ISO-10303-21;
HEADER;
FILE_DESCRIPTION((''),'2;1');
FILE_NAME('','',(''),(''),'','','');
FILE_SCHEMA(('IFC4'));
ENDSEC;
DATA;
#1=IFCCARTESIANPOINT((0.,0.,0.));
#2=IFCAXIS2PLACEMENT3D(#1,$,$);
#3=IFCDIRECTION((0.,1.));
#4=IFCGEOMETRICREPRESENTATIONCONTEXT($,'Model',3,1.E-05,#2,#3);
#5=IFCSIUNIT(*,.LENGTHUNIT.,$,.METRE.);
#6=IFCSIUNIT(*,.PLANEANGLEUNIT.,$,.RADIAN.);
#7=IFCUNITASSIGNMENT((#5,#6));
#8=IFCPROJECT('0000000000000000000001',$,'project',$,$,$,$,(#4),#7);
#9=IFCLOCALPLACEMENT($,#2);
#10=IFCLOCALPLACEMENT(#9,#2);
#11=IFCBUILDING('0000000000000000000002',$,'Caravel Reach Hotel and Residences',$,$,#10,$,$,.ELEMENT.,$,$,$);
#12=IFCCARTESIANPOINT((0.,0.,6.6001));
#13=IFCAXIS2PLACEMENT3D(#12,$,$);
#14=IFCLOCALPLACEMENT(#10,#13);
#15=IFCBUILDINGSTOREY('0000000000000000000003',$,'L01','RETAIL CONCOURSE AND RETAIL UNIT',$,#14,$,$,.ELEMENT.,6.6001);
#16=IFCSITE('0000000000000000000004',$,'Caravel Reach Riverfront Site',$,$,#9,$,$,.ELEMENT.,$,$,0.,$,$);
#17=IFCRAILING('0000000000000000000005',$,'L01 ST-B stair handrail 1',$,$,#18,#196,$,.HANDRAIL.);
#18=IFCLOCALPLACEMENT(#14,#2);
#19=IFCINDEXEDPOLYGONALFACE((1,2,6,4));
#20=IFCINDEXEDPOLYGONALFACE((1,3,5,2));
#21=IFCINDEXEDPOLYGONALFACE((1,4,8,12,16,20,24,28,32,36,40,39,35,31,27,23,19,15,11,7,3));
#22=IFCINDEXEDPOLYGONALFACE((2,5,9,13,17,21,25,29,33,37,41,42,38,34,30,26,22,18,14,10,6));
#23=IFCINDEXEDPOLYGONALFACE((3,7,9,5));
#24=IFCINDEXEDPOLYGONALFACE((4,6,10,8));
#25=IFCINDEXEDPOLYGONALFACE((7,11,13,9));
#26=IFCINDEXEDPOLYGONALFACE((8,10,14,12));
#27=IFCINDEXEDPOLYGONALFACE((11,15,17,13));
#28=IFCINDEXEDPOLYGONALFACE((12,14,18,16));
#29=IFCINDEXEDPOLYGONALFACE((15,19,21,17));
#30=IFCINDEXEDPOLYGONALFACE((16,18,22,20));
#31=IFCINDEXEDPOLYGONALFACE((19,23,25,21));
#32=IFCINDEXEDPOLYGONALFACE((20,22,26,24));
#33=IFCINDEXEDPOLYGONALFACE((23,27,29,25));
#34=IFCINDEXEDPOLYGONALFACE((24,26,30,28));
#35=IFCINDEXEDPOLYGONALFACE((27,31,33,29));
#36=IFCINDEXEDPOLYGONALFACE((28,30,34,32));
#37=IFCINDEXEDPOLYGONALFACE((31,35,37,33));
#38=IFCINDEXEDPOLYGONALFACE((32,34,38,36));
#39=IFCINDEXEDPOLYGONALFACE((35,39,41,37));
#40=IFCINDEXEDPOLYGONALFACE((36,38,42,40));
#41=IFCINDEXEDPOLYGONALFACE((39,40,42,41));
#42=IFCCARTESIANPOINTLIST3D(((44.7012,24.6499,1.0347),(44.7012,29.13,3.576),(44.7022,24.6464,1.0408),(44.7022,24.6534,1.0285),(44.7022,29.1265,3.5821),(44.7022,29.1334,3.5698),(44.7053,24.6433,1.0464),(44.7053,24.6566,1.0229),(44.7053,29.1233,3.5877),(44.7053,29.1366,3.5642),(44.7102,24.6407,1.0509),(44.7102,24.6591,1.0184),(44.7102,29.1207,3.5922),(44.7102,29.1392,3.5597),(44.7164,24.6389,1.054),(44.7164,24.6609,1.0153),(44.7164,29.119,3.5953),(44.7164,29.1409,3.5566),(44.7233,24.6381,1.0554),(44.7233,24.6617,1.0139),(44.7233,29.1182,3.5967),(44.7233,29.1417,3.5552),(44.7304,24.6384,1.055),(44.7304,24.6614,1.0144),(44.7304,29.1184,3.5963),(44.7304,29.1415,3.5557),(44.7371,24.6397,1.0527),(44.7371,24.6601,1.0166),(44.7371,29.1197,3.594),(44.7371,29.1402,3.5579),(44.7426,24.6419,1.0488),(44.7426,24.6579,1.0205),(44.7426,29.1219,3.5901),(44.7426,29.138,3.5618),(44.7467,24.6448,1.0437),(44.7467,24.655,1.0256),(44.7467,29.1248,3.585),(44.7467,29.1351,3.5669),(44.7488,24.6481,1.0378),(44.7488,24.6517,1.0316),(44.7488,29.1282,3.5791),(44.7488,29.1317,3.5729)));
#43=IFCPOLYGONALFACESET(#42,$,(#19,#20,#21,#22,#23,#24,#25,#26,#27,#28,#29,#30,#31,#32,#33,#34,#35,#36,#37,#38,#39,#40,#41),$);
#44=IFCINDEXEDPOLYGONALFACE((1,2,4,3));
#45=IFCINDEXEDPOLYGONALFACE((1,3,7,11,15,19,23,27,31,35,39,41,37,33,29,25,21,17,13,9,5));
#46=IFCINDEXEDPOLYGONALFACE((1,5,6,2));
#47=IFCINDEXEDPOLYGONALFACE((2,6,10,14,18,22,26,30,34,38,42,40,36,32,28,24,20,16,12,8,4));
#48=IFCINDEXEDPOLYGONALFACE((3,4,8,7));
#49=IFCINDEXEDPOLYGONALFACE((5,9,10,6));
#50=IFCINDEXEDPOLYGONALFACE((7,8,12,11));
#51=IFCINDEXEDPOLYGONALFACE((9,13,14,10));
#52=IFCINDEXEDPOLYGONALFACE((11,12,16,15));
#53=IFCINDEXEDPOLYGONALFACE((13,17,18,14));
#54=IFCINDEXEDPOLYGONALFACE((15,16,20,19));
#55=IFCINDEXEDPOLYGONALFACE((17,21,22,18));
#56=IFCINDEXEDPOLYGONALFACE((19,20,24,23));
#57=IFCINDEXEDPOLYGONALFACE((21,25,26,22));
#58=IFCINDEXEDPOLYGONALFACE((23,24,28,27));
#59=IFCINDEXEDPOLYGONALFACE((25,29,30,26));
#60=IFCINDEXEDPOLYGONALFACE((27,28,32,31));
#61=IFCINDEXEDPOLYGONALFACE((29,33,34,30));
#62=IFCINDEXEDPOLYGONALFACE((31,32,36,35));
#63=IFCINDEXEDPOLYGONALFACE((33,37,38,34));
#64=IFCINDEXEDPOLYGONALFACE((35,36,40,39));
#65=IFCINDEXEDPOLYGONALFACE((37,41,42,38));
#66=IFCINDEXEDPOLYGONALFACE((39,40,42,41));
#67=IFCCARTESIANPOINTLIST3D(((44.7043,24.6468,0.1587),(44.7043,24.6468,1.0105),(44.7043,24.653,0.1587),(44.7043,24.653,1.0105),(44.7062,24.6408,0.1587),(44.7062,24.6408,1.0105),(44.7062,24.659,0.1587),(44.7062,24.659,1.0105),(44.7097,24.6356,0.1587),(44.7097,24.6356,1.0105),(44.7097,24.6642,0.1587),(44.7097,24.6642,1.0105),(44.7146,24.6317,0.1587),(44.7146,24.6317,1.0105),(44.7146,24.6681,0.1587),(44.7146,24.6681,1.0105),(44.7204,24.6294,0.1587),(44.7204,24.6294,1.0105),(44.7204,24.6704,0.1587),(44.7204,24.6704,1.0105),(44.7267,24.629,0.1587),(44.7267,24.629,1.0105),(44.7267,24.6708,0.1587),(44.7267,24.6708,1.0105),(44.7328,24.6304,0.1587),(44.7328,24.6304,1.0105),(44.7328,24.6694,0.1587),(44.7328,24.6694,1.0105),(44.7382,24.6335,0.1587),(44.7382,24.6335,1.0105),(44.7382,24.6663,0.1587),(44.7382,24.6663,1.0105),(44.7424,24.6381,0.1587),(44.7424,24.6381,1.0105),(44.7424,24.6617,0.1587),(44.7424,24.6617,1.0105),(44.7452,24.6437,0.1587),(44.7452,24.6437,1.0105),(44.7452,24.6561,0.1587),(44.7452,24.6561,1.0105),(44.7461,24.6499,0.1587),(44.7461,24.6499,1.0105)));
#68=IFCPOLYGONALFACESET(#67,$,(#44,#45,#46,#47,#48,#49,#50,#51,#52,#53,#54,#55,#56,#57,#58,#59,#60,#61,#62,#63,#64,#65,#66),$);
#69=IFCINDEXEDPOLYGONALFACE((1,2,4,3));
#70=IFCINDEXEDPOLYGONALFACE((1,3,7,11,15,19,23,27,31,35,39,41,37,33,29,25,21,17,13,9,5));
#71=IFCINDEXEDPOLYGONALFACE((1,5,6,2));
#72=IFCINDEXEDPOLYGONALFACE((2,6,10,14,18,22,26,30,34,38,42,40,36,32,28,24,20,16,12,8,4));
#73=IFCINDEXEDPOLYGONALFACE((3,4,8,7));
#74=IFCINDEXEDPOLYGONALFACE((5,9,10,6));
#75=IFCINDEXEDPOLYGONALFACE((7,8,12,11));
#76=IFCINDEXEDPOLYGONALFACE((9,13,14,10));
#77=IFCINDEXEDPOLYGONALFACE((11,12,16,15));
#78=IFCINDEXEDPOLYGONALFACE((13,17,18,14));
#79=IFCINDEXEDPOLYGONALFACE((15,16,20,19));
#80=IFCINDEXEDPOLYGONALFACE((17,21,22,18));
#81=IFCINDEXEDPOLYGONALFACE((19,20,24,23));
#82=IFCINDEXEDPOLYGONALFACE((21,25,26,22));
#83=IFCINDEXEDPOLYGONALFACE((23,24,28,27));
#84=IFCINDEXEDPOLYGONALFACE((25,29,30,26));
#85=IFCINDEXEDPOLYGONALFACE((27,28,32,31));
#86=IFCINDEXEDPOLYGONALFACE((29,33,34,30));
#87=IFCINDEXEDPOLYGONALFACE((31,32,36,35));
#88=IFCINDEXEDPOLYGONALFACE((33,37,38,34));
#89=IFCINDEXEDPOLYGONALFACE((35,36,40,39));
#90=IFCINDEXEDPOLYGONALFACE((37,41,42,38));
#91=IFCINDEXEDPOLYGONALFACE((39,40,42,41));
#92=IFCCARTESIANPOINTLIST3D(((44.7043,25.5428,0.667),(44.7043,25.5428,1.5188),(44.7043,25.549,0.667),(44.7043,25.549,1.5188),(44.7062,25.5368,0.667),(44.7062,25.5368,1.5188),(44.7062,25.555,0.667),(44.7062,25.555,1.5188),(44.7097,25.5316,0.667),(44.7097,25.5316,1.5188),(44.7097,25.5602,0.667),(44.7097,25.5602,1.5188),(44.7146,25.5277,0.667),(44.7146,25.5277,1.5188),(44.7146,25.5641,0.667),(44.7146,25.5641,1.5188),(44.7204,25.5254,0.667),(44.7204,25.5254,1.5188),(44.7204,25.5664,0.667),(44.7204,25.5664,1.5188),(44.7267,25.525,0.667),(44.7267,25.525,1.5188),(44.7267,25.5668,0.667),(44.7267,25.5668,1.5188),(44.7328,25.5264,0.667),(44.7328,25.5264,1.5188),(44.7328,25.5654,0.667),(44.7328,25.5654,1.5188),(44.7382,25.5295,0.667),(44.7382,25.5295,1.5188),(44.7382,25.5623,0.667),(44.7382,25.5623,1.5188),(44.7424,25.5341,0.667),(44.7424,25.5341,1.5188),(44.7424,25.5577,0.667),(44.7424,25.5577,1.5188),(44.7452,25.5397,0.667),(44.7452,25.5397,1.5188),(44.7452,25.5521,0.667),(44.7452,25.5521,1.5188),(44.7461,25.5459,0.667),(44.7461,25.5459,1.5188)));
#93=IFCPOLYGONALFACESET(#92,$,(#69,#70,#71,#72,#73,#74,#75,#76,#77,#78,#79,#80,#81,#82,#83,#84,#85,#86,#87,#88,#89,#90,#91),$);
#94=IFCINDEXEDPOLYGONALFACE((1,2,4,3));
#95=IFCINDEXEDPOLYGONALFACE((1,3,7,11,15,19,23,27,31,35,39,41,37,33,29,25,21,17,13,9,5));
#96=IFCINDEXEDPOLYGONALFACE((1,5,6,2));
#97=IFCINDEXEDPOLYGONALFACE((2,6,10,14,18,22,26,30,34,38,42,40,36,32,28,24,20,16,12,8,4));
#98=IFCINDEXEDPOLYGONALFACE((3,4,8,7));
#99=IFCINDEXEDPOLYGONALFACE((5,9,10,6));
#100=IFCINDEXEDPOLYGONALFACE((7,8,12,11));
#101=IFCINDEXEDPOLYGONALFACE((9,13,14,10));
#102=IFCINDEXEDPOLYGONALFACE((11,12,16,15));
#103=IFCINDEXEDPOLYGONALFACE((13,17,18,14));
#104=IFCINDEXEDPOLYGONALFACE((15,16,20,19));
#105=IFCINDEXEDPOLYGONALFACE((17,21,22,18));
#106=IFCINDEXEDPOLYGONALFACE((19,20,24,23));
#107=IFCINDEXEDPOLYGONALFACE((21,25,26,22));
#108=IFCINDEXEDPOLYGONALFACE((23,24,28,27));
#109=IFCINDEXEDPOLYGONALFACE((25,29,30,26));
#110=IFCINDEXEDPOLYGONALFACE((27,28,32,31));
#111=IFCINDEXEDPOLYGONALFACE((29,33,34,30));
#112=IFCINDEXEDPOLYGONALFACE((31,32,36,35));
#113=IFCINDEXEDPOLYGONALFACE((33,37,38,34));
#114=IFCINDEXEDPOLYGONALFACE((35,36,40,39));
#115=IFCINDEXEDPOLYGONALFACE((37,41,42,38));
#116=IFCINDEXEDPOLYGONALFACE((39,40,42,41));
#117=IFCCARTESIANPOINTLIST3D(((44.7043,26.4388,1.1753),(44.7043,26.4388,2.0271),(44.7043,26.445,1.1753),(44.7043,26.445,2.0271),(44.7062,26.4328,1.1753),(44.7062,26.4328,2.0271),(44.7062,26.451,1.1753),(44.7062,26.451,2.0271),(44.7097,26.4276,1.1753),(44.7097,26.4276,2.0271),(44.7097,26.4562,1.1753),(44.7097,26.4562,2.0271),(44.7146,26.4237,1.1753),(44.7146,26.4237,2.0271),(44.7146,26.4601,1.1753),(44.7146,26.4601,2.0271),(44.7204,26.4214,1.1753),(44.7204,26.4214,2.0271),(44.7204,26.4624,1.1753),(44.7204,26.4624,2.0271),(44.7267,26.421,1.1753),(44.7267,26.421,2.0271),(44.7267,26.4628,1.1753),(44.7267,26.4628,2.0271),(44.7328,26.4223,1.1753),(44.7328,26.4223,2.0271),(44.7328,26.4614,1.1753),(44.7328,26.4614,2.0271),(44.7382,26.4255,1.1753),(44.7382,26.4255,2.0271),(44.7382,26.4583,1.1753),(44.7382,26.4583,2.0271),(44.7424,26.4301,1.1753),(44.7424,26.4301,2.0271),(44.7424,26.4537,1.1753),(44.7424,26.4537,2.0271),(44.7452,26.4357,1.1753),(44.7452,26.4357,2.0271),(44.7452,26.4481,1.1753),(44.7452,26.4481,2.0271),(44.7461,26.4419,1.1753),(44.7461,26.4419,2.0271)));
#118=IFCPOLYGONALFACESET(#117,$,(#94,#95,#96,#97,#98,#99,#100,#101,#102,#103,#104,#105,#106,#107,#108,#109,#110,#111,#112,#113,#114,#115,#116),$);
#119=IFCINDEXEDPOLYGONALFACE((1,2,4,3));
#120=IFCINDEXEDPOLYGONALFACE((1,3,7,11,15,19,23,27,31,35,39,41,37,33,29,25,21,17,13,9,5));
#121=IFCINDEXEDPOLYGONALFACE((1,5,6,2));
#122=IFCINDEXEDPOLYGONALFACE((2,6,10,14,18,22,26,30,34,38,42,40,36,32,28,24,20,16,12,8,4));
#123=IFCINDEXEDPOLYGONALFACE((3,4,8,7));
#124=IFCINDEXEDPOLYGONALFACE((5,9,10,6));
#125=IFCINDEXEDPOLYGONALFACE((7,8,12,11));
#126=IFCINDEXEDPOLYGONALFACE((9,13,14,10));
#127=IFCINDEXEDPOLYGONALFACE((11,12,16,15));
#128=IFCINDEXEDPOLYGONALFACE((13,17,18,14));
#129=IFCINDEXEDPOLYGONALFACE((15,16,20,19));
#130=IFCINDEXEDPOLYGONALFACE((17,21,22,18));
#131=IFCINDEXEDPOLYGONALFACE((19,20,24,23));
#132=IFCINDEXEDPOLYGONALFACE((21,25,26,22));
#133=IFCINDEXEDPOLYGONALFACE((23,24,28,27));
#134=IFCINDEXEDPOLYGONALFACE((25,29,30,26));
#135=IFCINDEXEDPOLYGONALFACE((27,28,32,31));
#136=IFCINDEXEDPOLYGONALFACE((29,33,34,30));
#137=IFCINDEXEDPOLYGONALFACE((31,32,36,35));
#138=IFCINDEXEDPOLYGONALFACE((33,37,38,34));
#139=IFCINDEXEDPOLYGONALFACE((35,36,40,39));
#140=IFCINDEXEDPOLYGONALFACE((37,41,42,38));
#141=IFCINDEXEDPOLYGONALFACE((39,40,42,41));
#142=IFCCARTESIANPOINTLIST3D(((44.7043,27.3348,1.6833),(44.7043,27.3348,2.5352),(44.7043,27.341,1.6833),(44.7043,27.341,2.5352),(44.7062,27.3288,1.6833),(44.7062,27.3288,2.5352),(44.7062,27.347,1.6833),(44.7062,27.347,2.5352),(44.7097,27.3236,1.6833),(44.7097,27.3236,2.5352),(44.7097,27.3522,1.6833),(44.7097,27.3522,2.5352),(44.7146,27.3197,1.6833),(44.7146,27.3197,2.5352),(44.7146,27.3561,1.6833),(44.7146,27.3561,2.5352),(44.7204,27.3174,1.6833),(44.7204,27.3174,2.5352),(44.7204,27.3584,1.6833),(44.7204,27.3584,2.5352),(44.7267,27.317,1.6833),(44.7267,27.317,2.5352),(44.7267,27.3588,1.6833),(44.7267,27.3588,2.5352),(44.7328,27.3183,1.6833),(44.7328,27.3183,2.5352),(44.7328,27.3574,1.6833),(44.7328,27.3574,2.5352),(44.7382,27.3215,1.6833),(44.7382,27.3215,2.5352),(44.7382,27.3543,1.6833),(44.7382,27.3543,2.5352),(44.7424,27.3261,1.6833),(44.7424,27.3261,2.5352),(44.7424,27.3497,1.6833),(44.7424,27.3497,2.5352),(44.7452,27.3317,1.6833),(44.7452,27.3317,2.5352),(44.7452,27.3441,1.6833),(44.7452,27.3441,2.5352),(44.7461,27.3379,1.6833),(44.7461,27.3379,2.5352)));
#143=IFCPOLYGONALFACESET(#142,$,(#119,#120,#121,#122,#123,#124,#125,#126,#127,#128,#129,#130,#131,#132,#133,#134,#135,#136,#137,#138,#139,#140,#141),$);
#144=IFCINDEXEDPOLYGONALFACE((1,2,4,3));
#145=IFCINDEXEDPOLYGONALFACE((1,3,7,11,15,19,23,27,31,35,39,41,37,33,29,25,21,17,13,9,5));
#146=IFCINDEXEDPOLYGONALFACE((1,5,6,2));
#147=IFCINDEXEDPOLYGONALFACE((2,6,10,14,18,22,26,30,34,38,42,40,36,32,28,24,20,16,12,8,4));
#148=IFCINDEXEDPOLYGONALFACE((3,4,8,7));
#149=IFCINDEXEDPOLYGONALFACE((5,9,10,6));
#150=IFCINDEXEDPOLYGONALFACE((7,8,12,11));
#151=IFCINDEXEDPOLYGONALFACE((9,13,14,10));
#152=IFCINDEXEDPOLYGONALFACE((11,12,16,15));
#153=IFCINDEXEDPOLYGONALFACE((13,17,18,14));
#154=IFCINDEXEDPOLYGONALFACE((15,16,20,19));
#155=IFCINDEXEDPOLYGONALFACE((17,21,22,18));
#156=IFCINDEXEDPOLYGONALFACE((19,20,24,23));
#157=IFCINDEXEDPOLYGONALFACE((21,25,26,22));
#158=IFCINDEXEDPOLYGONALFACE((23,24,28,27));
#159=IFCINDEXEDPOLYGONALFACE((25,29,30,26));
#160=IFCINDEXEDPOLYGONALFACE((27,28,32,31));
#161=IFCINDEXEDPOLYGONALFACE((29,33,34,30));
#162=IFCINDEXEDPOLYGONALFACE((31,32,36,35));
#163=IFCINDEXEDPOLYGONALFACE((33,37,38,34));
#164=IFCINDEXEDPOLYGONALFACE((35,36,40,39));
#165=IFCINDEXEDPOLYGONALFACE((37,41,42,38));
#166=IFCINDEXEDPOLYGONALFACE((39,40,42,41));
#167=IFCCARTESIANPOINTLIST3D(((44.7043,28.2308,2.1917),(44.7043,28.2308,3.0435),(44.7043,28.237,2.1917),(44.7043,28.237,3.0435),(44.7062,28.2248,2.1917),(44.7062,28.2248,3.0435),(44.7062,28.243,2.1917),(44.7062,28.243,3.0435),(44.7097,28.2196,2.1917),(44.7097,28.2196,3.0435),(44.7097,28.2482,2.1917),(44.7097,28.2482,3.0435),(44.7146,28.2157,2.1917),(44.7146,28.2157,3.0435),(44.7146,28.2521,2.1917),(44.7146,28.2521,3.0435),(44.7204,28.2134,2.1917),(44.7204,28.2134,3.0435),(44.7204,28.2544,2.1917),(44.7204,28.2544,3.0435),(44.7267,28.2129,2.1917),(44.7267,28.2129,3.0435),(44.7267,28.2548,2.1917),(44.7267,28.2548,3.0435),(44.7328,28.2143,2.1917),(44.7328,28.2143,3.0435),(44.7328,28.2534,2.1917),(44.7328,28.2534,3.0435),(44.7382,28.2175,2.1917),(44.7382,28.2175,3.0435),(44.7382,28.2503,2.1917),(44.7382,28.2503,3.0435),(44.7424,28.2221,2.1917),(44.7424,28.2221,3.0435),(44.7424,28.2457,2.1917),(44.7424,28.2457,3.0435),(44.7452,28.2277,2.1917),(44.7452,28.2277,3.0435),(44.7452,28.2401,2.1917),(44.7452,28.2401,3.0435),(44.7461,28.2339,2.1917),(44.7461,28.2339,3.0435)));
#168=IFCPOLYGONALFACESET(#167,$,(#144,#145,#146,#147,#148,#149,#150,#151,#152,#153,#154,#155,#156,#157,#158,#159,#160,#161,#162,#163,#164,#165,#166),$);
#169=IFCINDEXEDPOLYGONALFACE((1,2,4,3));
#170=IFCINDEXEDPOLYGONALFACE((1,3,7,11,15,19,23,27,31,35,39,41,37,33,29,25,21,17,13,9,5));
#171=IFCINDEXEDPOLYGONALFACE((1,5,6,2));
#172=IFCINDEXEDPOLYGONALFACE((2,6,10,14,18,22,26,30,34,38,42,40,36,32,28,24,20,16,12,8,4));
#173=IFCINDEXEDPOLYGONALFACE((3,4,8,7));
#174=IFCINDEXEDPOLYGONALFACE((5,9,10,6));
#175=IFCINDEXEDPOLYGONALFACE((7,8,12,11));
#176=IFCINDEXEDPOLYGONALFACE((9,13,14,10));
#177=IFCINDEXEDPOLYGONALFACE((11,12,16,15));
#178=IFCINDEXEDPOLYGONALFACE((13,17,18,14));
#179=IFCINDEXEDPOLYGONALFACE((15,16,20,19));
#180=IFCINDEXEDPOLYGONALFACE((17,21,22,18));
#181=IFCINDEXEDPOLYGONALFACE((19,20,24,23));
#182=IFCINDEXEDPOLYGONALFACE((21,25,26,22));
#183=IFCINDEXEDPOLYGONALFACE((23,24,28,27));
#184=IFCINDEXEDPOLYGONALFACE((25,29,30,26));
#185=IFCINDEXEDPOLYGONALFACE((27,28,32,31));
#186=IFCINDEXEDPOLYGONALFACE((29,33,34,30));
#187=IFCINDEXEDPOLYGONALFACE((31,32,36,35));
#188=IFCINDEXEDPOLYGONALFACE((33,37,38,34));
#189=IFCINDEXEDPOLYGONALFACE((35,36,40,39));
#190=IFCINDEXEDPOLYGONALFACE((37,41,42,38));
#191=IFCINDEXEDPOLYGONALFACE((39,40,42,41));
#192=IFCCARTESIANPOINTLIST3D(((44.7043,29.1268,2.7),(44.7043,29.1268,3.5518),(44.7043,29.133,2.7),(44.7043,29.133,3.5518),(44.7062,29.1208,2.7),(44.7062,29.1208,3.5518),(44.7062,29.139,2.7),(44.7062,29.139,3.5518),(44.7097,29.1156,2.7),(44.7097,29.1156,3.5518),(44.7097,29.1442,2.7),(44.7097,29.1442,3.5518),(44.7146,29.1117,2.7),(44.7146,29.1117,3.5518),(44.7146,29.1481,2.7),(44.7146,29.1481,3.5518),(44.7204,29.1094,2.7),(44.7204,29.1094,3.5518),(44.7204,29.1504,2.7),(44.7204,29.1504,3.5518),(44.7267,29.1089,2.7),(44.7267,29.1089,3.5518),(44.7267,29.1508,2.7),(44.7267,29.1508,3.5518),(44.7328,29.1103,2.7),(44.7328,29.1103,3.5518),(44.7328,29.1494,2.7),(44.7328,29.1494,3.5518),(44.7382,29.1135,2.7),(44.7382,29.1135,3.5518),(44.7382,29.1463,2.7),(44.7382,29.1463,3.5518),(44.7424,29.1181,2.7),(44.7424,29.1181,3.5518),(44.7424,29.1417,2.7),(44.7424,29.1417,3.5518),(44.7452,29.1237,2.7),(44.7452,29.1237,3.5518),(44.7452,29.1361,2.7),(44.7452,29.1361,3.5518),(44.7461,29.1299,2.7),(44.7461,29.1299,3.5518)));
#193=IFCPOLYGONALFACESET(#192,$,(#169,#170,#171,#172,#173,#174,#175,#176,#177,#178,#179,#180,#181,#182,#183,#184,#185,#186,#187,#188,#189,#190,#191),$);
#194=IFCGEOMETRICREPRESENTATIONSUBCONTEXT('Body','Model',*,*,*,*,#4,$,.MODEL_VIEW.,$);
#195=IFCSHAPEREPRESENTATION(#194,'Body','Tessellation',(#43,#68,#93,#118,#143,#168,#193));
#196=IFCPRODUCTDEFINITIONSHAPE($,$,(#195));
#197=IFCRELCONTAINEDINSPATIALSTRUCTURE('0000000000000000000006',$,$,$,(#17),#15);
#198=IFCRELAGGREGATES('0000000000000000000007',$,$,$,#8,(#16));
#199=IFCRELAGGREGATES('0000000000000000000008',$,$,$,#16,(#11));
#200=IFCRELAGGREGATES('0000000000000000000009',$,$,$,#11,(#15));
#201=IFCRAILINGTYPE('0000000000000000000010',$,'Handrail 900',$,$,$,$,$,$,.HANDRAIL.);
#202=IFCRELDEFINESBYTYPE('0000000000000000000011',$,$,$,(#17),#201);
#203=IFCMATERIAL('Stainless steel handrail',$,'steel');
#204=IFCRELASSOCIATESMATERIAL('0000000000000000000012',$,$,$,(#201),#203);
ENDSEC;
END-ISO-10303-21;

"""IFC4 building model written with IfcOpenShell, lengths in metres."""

from ifc_helpers import new_model, si_unit, direction, frame, origin, origin_2d, place, context, subcontext, project, spatial, circle, extrude, material, type_object, element, save


model = new_model("IFC4")

# Units and contexts
model_context = context("Model", 3, precision=1e-05, world=origin(), true_north=direction((0.0, 1.0)))
body_context = subcontext(model_context, "Body", "Model", "MODEL_VIEW")
ifc_project = project(units=[si_unit("LENGTHUNIT", "METRE"), si_unit("PLANEANGLEUNIT", "RADIAN")], contexts=[model_context])

# Site, building, storey
site_placement = place(None, origin())
site = spatial("IfcSite", under=ifc_project, at=site_placement, Name="Caravel Reach Riverfront Site", CompositionType="ELEMENT", RefElevation=0.0)
building_placement = place(site_placement, origin())
building = spatial("IfcBuilding", under=site, at=building_placement, Name="Caravel Reach Hotel and Residences", CompositionType="ELEMENT")
storey_placement = place(building_placement, frame((0.0, 0.0, 6.6001)))
storey = spatial("IfcBuildingStorey", under=building, at=storey_placement, Name="L01", Description="RETAIL CONCOURSE AND RETAIL UNIT", CompositionType="ELEMENT", Elevation=6.6001)

# Railing
ifc_material_1 = material(Name="Stainless steel handrail", Category="steel")
railing_type_1 = type_object("IfcRailingType", Name="Handrail 900", PredefinedType="HANDRAIL", material=ifc_material_1)
railing_1_placement = place(storey_placement, frame((44.7251, 24.6499, 0.1587)))
element("IfcRailing", 1, at=railing_1_placement, inside=storey, type_object=railing_type_1, Name="L01 ST-B stair handrail 1", PredefinedType="HANDRAIL", context=body_context, shape_type="SweptSolid", body=[
    extrude(circle(Radius=0.0239, at=origin_2d()), frame((0.0, 0.0, 0.876), z_axis=(0.0, 0.869805, 0.493395), x_axis=(-1.0, 0.0, 0.0)), (0.0, 0.0, 1.0), 5.1506),
    extrude(circle(Radius=0.021, at=origin_2d()), origin(), (0.0, 0.0, 1.0), 0.8518),
    extrude(circle(Radius=0.021, at=origin_2d()), frame((0.0, 0.896, 0.5083)), (0.0, 0.0, 1.0), 0.8518),
    extrude(circle(Radius=0.021, at=origin_2d()), frame((0.0, 1.792, 1.0166)), (0.0, 0.0, 1.0), 0.8518),
    extrude(circle(Radius=0.021, at=origin_2d()), frame((0.0, 2.688, 1.5247)), (0.0, 0.0, 1.0), 0.8518),
    extrude(circle(Radius=0.021, at=origin_2d()), frame((0.0, 3.584, 2.033)), (0.0, 0.0, 1.0), 0.8518),
    extrude(circle(Radius=0.021, at=origin_2d()), frame((0.0, 4.48, 2.5413)), (0.0, 0.0, 1.0), 0.8518),
])

save(model, "model.ifc")
